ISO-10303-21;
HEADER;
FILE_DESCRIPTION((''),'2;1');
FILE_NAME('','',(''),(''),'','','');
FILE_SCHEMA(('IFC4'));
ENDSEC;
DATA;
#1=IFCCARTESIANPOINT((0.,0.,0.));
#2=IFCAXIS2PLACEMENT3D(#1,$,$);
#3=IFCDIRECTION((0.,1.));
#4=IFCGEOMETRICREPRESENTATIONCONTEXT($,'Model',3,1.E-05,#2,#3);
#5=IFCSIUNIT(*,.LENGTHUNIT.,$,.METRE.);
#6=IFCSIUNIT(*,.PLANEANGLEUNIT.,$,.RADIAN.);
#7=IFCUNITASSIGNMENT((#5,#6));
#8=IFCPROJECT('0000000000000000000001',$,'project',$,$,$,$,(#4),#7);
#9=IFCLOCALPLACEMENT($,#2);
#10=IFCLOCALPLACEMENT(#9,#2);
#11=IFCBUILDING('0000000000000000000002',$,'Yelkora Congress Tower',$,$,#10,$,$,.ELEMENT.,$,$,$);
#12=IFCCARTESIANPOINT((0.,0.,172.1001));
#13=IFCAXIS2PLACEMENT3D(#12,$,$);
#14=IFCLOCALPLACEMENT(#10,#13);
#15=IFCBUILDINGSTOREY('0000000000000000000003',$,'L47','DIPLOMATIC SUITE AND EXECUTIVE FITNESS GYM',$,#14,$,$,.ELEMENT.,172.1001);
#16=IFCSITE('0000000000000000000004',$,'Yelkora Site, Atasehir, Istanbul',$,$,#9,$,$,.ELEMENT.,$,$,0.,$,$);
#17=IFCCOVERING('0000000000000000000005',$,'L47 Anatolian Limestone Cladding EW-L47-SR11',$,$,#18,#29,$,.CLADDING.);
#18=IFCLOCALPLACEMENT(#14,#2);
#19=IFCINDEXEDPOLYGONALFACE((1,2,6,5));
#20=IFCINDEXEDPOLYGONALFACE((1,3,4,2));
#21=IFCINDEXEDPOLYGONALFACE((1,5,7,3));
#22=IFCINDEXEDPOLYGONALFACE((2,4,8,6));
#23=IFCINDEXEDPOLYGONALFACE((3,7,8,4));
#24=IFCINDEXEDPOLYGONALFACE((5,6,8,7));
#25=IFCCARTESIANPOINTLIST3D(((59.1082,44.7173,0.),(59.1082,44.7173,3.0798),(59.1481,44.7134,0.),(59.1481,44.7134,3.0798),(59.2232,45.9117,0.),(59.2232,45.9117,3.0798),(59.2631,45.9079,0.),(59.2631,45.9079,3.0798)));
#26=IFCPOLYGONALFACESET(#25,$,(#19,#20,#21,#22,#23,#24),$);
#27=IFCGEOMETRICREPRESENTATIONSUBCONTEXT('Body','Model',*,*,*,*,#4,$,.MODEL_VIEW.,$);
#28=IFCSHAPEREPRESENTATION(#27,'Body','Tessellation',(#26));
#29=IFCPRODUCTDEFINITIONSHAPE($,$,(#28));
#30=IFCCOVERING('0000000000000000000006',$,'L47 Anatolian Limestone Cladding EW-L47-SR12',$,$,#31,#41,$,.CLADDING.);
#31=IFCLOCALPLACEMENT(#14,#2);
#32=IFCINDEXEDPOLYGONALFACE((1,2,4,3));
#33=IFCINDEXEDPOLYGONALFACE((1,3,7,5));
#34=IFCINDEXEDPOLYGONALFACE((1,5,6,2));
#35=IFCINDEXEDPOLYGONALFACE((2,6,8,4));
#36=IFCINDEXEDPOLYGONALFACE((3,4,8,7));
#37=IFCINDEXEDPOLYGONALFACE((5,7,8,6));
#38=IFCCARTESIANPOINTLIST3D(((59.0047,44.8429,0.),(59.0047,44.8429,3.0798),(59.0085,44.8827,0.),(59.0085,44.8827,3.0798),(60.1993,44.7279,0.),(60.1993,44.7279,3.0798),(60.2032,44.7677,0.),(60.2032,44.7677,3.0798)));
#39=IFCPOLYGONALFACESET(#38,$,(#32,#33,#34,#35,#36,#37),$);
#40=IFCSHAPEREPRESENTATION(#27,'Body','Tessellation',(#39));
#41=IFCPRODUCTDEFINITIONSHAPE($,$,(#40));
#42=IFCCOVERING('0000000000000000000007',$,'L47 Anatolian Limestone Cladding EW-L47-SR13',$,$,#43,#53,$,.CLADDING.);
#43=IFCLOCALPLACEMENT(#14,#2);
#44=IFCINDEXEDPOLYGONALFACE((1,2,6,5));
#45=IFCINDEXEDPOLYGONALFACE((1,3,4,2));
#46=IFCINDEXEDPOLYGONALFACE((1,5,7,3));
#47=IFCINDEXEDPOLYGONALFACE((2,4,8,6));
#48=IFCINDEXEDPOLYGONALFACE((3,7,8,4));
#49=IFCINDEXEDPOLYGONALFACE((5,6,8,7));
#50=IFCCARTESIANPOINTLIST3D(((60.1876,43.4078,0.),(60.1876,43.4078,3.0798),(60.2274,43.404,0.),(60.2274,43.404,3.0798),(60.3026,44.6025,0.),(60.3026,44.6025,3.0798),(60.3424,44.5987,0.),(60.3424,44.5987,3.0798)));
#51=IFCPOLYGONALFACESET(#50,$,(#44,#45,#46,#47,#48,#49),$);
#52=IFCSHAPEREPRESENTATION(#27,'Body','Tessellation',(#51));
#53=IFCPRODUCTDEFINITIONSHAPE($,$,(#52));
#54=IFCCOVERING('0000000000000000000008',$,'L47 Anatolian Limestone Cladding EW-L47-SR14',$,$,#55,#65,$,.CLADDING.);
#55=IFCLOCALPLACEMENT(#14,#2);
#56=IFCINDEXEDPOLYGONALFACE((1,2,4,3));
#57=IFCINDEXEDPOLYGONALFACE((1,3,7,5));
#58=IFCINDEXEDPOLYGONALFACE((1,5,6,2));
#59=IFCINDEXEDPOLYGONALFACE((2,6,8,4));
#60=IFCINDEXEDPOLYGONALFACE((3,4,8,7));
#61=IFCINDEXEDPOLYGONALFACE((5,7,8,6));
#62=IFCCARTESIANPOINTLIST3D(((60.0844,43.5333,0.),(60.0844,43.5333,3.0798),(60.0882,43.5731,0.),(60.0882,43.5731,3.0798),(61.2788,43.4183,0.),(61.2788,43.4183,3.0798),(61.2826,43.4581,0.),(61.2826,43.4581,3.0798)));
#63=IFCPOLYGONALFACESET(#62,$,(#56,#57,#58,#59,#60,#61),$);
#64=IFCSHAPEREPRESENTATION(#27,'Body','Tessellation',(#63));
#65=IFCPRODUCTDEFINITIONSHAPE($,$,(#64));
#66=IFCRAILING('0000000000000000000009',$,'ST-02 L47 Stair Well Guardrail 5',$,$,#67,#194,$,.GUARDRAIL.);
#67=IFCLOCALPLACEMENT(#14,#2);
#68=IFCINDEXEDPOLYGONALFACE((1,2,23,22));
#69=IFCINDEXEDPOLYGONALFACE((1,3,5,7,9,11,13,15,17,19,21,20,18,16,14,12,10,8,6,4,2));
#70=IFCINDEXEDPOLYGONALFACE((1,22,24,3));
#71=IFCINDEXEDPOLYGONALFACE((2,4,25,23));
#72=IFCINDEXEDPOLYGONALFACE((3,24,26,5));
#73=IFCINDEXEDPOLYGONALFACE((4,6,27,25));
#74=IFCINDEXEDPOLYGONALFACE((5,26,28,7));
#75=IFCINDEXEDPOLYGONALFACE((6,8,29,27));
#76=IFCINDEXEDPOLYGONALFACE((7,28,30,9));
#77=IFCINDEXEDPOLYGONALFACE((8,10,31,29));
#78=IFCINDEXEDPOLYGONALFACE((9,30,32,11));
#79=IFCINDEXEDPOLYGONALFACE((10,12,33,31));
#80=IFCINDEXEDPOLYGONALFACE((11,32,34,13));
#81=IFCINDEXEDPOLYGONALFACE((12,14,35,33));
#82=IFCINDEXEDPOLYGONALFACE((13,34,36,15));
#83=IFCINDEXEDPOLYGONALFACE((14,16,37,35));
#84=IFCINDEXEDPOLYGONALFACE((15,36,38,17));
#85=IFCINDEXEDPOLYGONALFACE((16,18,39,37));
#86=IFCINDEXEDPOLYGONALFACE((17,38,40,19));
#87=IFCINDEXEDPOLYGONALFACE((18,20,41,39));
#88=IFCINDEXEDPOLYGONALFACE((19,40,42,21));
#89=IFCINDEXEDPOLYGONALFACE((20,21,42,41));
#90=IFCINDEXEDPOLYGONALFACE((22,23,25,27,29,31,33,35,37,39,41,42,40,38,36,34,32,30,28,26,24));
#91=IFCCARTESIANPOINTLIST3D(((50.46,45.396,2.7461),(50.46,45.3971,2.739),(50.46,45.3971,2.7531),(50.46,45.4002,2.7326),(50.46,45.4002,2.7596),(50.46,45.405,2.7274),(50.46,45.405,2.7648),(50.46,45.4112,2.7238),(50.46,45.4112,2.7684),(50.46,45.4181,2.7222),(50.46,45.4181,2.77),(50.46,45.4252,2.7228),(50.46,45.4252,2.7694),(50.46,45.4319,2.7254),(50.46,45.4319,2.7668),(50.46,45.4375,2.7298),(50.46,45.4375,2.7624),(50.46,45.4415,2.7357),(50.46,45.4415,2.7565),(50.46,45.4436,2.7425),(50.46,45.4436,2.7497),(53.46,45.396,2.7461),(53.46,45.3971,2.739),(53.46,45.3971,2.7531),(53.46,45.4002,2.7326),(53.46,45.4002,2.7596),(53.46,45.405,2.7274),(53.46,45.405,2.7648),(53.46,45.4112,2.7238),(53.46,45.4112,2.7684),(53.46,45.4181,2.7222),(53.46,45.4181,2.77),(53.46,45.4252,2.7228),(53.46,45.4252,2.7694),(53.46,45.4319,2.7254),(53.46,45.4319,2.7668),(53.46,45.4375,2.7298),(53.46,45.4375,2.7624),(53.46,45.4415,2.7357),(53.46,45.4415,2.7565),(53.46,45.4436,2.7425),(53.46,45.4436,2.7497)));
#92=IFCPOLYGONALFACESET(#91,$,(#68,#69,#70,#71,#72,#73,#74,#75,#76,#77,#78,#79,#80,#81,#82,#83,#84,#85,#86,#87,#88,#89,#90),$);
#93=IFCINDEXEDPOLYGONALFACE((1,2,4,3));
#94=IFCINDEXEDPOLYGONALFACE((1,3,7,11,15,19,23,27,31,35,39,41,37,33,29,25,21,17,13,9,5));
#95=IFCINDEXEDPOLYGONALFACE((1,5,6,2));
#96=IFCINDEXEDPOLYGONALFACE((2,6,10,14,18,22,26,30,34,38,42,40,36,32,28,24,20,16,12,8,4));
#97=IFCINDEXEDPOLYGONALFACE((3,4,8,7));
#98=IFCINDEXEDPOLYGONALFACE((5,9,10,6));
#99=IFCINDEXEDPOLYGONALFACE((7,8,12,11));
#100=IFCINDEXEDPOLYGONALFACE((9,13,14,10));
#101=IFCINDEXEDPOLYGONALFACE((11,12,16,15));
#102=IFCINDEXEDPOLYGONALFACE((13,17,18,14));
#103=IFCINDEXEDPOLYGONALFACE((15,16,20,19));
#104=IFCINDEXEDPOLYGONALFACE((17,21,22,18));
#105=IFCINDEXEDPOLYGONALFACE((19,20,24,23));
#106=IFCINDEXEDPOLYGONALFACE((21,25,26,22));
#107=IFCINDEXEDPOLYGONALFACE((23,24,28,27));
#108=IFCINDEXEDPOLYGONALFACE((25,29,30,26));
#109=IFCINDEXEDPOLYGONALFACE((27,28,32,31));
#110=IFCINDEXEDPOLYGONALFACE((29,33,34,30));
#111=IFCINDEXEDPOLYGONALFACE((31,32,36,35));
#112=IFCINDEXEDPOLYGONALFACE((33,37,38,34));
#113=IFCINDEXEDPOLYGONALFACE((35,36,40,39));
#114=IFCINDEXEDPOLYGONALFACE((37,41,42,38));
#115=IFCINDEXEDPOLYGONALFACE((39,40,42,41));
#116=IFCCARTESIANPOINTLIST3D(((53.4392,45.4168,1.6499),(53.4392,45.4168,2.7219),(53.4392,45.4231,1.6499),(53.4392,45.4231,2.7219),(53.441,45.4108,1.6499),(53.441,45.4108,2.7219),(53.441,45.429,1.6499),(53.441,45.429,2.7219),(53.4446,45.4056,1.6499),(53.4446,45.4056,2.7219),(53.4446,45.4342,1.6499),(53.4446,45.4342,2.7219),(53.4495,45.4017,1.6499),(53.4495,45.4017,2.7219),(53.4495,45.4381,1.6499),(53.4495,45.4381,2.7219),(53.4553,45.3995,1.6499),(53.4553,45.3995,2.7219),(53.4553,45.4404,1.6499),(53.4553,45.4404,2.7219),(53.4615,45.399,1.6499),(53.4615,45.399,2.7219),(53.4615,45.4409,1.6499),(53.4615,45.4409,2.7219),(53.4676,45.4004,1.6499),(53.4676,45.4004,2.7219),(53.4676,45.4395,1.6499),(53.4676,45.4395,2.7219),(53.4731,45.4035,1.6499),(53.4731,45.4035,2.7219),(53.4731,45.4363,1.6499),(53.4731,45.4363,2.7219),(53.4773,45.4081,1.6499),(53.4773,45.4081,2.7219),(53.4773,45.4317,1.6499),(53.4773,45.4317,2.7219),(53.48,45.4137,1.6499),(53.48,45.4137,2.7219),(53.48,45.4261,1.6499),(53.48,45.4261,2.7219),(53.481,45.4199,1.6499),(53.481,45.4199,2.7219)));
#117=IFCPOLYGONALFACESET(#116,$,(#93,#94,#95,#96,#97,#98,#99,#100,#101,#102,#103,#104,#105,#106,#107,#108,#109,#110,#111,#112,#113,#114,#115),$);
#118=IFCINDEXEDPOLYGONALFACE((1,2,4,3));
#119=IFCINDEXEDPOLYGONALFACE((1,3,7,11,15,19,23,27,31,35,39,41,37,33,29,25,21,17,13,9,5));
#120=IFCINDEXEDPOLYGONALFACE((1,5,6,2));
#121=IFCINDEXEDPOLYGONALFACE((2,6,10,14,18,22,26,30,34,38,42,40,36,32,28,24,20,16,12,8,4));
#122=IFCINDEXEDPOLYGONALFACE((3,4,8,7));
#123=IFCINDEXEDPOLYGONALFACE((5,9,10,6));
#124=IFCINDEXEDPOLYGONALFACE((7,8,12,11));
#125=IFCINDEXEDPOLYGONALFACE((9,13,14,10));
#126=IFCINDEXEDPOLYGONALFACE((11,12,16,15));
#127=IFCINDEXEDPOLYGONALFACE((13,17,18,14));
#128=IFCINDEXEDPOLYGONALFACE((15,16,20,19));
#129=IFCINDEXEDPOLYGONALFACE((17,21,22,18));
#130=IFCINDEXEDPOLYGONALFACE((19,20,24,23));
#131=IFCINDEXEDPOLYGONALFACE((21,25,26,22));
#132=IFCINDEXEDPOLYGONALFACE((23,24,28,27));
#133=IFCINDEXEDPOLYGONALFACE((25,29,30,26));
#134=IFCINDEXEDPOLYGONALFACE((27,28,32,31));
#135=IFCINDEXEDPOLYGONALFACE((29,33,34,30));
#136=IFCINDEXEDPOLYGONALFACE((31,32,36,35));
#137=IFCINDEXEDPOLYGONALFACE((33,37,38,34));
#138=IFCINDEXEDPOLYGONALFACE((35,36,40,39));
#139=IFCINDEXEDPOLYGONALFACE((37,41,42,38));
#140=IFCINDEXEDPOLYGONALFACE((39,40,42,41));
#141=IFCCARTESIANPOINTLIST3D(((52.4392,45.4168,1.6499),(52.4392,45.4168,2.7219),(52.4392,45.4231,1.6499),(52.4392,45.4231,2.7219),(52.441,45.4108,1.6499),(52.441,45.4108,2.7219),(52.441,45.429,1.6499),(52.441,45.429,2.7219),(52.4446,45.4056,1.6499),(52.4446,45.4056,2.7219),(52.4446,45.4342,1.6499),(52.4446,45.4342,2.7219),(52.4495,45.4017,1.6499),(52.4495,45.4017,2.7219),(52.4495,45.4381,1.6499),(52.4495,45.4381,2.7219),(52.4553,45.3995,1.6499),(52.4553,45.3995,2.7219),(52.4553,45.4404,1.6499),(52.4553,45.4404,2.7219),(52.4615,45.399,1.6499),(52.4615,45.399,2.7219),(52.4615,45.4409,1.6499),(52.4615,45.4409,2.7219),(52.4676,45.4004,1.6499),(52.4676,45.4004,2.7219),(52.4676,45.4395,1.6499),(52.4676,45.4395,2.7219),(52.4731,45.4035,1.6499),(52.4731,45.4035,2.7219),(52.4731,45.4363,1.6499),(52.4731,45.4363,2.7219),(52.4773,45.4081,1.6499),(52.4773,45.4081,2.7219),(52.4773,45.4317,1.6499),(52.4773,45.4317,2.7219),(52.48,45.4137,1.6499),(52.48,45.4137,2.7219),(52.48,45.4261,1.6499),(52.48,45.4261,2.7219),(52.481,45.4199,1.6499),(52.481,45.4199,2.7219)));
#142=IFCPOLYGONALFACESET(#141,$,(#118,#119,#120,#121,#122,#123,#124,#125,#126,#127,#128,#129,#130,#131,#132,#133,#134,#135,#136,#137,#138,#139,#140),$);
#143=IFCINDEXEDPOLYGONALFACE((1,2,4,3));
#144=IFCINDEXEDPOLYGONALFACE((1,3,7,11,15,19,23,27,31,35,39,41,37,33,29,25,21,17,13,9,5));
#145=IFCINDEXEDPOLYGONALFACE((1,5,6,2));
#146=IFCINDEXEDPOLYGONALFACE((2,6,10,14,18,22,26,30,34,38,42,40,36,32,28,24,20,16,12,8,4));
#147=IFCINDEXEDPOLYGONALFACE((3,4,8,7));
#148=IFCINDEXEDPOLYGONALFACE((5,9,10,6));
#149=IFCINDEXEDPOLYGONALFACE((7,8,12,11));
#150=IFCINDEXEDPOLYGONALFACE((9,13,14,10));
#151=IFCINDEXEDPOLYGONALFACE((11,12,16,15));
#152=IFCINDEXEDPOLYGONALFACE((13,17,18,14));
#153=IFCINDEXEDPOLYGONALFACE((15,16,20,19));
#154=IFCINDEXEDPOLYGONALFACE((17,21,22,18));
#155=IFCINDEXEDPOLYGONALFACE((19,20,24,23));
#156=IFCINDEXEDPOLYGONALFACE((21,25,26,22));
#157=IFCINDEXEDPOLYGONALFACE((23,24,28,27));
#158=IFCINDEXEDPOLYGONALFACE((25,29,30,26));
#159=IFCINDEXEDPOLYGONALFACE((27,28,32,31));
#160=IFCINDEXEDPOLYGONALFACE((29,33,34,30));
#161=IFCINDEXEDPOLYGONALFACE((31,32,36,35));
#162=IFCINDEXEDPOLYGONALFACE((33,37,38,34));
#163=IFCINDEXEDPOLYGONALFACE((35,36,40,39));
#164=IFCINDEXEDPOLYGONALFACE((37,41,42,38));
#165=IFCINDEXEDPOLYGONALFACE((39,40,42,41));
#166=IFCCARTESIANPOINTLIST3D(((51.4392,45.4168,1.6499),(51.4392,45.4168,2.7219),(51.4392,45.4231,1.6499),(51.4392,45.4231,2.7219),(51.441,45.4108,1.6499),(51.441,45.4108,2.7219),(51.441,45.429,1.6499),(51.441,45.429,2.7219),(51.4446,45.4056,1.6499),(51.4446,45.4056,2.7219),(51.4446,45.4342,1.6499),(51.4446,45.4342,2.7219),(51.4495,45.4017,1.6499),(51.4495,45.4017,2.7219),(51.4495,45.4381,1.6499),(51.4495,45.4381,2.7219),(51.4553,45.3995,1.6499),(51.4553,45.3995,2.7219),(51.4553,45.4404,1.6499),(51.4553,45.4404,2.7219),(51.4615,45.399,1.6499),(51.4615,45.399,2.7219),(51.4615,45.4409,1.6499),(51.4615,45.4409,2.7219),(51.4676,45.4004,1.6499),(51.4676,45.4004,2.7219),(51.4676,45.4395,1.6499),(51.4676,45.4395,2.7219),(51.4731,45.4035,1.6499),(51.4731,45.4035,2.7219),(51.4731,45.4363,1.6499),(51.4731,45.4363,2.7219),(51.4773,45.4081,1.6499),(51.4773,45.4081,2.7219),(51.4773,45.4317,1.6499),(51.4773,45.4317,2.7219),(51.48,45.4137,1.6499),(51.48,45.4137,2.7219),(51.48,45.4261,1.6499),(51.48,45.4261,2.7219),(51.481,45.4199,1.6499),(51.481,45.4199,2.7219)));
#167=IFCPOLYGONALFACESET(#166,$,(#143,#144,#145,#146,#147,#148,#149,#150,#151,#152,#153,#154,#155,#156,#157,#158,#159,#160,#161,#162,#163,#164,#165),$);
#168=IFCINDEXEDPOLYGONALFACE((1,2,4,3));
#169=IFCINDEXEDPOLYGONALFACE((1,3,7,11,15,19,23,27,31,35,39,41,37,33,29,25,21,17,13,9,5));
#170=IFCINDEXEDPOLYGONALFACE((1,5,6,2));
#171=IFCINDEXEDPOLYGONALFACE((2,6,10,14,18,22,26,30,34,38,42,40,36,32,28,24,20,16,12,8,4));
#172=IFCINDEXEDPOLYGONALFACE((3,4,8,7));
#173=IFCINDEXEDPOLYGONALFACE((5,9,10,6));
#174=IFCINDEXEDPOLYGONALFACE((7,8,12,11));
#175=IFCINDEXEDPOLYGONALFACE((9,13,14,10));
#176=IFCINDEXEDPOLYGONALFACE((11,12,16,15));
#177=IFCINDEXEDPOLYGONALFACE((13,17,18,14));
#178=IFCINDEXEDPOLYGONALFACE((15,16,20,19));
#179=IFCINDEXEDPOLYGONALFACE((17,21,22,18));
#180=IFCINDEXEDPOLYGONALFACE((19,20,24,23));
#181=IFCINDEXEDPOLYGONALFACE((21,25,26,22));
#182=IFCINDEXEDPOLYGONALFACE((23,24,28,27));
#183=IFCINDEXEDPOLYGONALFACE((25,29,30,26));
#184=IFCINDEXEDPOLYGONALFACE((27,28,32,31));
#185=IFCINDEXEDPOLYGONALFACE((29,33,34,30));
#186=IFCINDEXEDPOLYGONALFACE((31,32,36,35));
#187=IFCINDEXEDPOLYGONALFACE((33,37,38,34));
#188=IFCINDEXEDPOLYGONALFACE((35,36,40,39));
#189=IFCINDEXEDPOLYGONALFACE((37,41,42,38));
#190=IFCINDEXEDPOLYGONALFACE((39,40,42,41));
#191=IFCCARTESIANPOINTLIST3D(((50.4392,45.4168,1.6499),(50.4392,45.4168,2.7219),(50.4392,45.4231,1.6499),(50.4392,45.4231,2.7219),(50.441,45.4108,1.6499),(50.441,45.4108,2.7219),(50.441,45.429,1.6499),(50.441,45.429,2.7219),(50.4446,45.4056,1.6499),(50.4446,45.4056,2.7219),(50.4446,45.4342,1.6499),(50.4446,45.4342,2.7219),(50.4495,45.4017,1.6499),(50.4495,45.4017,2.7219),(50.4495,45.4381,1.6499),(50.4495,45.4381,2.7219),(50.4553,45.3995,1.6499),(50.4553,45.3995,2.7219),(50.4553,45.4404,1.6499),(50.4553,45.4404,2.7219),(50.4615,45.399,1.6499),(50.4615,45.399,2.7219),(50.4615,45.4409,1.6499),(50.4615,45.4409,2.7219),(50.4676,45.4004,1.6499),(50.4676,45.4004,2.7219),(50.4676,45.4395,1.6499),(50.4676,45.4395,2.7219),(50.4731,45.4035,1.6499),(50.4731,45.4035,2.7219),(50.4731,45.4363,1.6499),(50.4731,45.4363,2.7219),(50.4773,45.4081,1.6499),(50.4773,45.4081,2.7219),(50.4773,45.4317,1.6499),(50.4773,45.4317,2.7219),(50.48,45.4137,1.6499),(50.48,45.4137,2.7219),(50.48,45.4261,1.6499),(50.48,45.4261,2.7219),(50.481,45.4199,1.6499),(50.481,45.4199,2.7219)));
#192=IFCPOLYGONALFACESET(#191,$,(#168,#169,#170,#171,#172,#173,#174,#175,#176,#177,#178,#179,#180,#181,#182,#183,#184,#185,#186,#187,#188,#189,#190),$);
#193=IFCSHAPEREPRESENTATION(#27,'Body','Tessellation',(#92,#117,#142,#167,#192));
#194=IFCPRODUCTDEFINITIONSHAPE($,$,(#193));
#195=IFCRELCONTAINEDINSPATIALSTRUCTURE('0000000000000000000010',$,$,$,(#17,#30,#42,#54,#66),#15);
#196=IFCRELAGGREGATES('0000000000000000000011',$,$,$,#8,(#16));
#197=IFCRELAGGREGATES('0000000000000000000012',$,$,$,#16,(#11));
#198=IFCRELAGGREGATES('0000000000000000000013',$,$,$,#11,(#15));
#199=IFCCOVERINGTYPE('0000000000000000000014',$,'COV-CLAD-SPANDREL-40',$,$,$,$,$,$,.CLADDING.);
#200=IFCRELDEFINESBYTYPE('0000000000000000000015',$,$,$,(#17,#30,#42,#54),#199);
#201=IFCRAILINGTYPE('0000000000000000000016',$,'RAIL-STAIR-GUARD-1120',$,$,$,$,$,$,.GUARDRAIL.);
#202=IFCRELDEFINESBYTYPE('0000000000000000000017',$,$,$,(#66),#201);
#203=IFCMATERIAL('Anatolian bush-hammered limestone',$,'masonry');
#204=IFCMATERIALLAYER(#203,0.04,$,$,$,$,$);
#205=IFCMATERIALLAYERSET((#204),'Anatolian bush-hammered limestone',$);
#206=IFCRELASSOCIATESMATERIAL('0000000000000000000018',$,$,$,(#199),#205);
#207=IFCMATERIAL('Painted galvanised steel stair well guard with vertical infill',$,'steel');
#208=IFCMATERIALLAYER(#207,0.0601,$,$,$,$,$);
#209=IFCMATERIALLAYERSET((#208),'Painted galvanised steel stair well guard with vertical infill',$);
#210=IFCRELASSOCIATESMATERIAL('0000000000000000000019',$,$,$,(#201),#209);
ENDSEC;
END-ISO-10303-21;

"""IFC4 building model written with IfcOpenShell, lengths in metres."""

from ifc_helpers import new_model, si_unit, direction, frame, frame_2d, origin, origin_2d, place, context, subcontext, project, spatial, rectangle, circle, extrude, material, layer, layer_set, type_object, element, save


model = new_model("IFC4")

# Units and contexts
model_context = context("Model", 3, precision=1e-05, world=origin(), true_north=direction((0.0, 1.0)))
body_context = subcontext(model_context, "Body", "Model", "MODEL_VIEW")
ifc_project = project(units=[si_unit("LENGTHUNIT", "METRE"), si_unit("PLANEANGLEUNIT", "RADIAN")], contexts=[model_context])

# Site, building, storey
site_placement = place(None, origin())
site = spatial("IfcSite", under=ifc_project, at=site_placement, Name="Yelkora Site, Atasehir, Istanbul", CompositionType="ELEMENT", RefElevation=0.0)
building_placement = place(site_placement, origin())
building = spatial("IfcBuilding", under=site, at=building_placement, Name="Yelkora Congress Tower", CompositionType="ELEMENT")
storey_placement = place(building_placement, frame((0.0, 0.0, 172.1001)))
storey = spatial("IfcBuildingStorey", under=building, at=storey_placement, Name="L47", Description="DIPLOMATIC SUITE AND EXECUTIVE FITNESS GYM", CompositionType="ELEMENT", Elevation=172.1001)

# Coverings
ifc_material_1 = material(Name="Anatolian bush-hammered limestone", Category="masonry")
ifc_layer_1 = layer(ifc_material_1, 0.04)
ifc_layer_set_1 = layer_set([ifc_layer_1], Name="Anatolian bush-hammered limestone")
covering_type = type_object("IfcCoveringType", Name="COV-CLAD-SPANDREL-40", PredefinedType="CLADDING", material=ifc_layer_set_1)
covering_1_placement = place(storey_placement, frame((59.2432, 45.9099, 0.0), z_axis=(0.0, 0.0, 1.0), x_axis=(-0.095836, -0.995397, 0.0)))
element("IfcCovering", 1, at=covering_1_placement, inside=storey, type_object=covering_type, Name="L47 Anatolian Limestone Cladding EW-L47-SR11", PredefinedType="CLADDING", context=body_context, shape_type="SweptSolid", body=[
    extrude(rectangle(XDim=1.2, YDim=0.04, at=frame_2d((0.6001, 0.0))), origin(), (0.0, 0.0, 1.0), 3.0798),
])
for number, where, z_axis, x_axis, name in (
    (2, (59.0066, 44.8628, 0.0), (0.0, 0.0, 1.0), (0.995399, -0.095817, 0.0), "L47 Anatolian Limestone Cladding EW-L47-SR12"),
    (3, (60.3225, 44.6006, 0.0), (0.0, 0.0, 1.0), (-0.095817, -0.995399, 0.0), "L47 Anatolian Limestone Cladding EW-L47-SR13"),
):
    element("IfcCovering", number, at=place(storey_placement, frame(where, z_axis=z_axis, x_axis=x_axis)), inside=storey, type_object=covering_type, Name=name, PredefinedType="CLADDING", context=body_context, shape_type="SweptSolid", body=[
        extrude(rectangle(XDim=1.2002, YDim=0.04, at=frame_2d((0.6001, 0.0))), origin(), (0.0, 0.0, 1.0), 3.0798),
    ])
covering_2_placement = place(storey_placement, frame((60.0862, 43.5532, 0.0), z_axis=(0.0, 0.0, 1.0), x_axis=(0.995397, -0.095836, 0.0)))
element("IfcCovering", 4, at=covering_2_placement, inside=storey, type_object=covering_type, Name="L47 Anatolian Limestone Cladding EW-L47-SR14", PredefinedType="CLADDING", context=body_context, shape_type="SweptSolid", body=[
    extrude(rectangle(XDim=1.2, YDim=0.04, at=frame_2d((0.6001, 0.0))), origin(), (0.0, 0.0, 1.0), 3.0798),
])

# Railing
ifc_material_2 = material(Name="Painted galvanised steel stair well guard with vertical infill", Category="steel")
ifc_layer_2 = layer(ifc_material_2, 0.0601)
ifc_layer_set_2 = layer_set([ifc_layer_2], Name="Painted galvanised steel stair well guard with vertical infill")
railing_type = type_object("IfcRailingType", Name="RAIL-STAIR-GUARD-1120", PredefinedType="GUARDRAIL", material=ifc_layer_set_2)
railing_1_placement = place(storey_placement, frame((53.46, 45.4199, 1.6499)))
element("IfcRailing", 5, at=railing_1_placement, inside=storey, type_object=railing_type, Name="ST-02 L47 Stair Well Guardrail 5", PredefinedType="GUARDRAIL", context=body_context, shape_type="SweptSolid", body=[
    extrude(circle(Radius=0.0239, at=origin_2d()), frame((0.0, 0.0, 1.0962), z_axis=(-1.0, 0.0, 0.0), x_axis=(0.0, -1.0, 0.0)), (0.0, 0.0, 1.0), 3.0),
    extrude(circle(Radius=0.021, at=origin_2d()), origin(), (0.0, 0.0, 1.0), 1.072),
    extrude(circle(Radius=0.021, at=origin_2d()), frame((-1.0, 0.0, 0.0)), (0.0, 0.0, 1.0), 1.072),
    extrude(circle(Radius=0.021, at=origin_2d()), frame((-2.0, 0.0, 0.0)), (0.0, 0.0, 1.0), 1.072),
    extrude(circle(Radius=0.021, at=origin_2d()), frame((-3.0, 0.0, 0.0)), (0.0, 0.0, 1.0), 1.072),
])

save(model, "model.ifc")
